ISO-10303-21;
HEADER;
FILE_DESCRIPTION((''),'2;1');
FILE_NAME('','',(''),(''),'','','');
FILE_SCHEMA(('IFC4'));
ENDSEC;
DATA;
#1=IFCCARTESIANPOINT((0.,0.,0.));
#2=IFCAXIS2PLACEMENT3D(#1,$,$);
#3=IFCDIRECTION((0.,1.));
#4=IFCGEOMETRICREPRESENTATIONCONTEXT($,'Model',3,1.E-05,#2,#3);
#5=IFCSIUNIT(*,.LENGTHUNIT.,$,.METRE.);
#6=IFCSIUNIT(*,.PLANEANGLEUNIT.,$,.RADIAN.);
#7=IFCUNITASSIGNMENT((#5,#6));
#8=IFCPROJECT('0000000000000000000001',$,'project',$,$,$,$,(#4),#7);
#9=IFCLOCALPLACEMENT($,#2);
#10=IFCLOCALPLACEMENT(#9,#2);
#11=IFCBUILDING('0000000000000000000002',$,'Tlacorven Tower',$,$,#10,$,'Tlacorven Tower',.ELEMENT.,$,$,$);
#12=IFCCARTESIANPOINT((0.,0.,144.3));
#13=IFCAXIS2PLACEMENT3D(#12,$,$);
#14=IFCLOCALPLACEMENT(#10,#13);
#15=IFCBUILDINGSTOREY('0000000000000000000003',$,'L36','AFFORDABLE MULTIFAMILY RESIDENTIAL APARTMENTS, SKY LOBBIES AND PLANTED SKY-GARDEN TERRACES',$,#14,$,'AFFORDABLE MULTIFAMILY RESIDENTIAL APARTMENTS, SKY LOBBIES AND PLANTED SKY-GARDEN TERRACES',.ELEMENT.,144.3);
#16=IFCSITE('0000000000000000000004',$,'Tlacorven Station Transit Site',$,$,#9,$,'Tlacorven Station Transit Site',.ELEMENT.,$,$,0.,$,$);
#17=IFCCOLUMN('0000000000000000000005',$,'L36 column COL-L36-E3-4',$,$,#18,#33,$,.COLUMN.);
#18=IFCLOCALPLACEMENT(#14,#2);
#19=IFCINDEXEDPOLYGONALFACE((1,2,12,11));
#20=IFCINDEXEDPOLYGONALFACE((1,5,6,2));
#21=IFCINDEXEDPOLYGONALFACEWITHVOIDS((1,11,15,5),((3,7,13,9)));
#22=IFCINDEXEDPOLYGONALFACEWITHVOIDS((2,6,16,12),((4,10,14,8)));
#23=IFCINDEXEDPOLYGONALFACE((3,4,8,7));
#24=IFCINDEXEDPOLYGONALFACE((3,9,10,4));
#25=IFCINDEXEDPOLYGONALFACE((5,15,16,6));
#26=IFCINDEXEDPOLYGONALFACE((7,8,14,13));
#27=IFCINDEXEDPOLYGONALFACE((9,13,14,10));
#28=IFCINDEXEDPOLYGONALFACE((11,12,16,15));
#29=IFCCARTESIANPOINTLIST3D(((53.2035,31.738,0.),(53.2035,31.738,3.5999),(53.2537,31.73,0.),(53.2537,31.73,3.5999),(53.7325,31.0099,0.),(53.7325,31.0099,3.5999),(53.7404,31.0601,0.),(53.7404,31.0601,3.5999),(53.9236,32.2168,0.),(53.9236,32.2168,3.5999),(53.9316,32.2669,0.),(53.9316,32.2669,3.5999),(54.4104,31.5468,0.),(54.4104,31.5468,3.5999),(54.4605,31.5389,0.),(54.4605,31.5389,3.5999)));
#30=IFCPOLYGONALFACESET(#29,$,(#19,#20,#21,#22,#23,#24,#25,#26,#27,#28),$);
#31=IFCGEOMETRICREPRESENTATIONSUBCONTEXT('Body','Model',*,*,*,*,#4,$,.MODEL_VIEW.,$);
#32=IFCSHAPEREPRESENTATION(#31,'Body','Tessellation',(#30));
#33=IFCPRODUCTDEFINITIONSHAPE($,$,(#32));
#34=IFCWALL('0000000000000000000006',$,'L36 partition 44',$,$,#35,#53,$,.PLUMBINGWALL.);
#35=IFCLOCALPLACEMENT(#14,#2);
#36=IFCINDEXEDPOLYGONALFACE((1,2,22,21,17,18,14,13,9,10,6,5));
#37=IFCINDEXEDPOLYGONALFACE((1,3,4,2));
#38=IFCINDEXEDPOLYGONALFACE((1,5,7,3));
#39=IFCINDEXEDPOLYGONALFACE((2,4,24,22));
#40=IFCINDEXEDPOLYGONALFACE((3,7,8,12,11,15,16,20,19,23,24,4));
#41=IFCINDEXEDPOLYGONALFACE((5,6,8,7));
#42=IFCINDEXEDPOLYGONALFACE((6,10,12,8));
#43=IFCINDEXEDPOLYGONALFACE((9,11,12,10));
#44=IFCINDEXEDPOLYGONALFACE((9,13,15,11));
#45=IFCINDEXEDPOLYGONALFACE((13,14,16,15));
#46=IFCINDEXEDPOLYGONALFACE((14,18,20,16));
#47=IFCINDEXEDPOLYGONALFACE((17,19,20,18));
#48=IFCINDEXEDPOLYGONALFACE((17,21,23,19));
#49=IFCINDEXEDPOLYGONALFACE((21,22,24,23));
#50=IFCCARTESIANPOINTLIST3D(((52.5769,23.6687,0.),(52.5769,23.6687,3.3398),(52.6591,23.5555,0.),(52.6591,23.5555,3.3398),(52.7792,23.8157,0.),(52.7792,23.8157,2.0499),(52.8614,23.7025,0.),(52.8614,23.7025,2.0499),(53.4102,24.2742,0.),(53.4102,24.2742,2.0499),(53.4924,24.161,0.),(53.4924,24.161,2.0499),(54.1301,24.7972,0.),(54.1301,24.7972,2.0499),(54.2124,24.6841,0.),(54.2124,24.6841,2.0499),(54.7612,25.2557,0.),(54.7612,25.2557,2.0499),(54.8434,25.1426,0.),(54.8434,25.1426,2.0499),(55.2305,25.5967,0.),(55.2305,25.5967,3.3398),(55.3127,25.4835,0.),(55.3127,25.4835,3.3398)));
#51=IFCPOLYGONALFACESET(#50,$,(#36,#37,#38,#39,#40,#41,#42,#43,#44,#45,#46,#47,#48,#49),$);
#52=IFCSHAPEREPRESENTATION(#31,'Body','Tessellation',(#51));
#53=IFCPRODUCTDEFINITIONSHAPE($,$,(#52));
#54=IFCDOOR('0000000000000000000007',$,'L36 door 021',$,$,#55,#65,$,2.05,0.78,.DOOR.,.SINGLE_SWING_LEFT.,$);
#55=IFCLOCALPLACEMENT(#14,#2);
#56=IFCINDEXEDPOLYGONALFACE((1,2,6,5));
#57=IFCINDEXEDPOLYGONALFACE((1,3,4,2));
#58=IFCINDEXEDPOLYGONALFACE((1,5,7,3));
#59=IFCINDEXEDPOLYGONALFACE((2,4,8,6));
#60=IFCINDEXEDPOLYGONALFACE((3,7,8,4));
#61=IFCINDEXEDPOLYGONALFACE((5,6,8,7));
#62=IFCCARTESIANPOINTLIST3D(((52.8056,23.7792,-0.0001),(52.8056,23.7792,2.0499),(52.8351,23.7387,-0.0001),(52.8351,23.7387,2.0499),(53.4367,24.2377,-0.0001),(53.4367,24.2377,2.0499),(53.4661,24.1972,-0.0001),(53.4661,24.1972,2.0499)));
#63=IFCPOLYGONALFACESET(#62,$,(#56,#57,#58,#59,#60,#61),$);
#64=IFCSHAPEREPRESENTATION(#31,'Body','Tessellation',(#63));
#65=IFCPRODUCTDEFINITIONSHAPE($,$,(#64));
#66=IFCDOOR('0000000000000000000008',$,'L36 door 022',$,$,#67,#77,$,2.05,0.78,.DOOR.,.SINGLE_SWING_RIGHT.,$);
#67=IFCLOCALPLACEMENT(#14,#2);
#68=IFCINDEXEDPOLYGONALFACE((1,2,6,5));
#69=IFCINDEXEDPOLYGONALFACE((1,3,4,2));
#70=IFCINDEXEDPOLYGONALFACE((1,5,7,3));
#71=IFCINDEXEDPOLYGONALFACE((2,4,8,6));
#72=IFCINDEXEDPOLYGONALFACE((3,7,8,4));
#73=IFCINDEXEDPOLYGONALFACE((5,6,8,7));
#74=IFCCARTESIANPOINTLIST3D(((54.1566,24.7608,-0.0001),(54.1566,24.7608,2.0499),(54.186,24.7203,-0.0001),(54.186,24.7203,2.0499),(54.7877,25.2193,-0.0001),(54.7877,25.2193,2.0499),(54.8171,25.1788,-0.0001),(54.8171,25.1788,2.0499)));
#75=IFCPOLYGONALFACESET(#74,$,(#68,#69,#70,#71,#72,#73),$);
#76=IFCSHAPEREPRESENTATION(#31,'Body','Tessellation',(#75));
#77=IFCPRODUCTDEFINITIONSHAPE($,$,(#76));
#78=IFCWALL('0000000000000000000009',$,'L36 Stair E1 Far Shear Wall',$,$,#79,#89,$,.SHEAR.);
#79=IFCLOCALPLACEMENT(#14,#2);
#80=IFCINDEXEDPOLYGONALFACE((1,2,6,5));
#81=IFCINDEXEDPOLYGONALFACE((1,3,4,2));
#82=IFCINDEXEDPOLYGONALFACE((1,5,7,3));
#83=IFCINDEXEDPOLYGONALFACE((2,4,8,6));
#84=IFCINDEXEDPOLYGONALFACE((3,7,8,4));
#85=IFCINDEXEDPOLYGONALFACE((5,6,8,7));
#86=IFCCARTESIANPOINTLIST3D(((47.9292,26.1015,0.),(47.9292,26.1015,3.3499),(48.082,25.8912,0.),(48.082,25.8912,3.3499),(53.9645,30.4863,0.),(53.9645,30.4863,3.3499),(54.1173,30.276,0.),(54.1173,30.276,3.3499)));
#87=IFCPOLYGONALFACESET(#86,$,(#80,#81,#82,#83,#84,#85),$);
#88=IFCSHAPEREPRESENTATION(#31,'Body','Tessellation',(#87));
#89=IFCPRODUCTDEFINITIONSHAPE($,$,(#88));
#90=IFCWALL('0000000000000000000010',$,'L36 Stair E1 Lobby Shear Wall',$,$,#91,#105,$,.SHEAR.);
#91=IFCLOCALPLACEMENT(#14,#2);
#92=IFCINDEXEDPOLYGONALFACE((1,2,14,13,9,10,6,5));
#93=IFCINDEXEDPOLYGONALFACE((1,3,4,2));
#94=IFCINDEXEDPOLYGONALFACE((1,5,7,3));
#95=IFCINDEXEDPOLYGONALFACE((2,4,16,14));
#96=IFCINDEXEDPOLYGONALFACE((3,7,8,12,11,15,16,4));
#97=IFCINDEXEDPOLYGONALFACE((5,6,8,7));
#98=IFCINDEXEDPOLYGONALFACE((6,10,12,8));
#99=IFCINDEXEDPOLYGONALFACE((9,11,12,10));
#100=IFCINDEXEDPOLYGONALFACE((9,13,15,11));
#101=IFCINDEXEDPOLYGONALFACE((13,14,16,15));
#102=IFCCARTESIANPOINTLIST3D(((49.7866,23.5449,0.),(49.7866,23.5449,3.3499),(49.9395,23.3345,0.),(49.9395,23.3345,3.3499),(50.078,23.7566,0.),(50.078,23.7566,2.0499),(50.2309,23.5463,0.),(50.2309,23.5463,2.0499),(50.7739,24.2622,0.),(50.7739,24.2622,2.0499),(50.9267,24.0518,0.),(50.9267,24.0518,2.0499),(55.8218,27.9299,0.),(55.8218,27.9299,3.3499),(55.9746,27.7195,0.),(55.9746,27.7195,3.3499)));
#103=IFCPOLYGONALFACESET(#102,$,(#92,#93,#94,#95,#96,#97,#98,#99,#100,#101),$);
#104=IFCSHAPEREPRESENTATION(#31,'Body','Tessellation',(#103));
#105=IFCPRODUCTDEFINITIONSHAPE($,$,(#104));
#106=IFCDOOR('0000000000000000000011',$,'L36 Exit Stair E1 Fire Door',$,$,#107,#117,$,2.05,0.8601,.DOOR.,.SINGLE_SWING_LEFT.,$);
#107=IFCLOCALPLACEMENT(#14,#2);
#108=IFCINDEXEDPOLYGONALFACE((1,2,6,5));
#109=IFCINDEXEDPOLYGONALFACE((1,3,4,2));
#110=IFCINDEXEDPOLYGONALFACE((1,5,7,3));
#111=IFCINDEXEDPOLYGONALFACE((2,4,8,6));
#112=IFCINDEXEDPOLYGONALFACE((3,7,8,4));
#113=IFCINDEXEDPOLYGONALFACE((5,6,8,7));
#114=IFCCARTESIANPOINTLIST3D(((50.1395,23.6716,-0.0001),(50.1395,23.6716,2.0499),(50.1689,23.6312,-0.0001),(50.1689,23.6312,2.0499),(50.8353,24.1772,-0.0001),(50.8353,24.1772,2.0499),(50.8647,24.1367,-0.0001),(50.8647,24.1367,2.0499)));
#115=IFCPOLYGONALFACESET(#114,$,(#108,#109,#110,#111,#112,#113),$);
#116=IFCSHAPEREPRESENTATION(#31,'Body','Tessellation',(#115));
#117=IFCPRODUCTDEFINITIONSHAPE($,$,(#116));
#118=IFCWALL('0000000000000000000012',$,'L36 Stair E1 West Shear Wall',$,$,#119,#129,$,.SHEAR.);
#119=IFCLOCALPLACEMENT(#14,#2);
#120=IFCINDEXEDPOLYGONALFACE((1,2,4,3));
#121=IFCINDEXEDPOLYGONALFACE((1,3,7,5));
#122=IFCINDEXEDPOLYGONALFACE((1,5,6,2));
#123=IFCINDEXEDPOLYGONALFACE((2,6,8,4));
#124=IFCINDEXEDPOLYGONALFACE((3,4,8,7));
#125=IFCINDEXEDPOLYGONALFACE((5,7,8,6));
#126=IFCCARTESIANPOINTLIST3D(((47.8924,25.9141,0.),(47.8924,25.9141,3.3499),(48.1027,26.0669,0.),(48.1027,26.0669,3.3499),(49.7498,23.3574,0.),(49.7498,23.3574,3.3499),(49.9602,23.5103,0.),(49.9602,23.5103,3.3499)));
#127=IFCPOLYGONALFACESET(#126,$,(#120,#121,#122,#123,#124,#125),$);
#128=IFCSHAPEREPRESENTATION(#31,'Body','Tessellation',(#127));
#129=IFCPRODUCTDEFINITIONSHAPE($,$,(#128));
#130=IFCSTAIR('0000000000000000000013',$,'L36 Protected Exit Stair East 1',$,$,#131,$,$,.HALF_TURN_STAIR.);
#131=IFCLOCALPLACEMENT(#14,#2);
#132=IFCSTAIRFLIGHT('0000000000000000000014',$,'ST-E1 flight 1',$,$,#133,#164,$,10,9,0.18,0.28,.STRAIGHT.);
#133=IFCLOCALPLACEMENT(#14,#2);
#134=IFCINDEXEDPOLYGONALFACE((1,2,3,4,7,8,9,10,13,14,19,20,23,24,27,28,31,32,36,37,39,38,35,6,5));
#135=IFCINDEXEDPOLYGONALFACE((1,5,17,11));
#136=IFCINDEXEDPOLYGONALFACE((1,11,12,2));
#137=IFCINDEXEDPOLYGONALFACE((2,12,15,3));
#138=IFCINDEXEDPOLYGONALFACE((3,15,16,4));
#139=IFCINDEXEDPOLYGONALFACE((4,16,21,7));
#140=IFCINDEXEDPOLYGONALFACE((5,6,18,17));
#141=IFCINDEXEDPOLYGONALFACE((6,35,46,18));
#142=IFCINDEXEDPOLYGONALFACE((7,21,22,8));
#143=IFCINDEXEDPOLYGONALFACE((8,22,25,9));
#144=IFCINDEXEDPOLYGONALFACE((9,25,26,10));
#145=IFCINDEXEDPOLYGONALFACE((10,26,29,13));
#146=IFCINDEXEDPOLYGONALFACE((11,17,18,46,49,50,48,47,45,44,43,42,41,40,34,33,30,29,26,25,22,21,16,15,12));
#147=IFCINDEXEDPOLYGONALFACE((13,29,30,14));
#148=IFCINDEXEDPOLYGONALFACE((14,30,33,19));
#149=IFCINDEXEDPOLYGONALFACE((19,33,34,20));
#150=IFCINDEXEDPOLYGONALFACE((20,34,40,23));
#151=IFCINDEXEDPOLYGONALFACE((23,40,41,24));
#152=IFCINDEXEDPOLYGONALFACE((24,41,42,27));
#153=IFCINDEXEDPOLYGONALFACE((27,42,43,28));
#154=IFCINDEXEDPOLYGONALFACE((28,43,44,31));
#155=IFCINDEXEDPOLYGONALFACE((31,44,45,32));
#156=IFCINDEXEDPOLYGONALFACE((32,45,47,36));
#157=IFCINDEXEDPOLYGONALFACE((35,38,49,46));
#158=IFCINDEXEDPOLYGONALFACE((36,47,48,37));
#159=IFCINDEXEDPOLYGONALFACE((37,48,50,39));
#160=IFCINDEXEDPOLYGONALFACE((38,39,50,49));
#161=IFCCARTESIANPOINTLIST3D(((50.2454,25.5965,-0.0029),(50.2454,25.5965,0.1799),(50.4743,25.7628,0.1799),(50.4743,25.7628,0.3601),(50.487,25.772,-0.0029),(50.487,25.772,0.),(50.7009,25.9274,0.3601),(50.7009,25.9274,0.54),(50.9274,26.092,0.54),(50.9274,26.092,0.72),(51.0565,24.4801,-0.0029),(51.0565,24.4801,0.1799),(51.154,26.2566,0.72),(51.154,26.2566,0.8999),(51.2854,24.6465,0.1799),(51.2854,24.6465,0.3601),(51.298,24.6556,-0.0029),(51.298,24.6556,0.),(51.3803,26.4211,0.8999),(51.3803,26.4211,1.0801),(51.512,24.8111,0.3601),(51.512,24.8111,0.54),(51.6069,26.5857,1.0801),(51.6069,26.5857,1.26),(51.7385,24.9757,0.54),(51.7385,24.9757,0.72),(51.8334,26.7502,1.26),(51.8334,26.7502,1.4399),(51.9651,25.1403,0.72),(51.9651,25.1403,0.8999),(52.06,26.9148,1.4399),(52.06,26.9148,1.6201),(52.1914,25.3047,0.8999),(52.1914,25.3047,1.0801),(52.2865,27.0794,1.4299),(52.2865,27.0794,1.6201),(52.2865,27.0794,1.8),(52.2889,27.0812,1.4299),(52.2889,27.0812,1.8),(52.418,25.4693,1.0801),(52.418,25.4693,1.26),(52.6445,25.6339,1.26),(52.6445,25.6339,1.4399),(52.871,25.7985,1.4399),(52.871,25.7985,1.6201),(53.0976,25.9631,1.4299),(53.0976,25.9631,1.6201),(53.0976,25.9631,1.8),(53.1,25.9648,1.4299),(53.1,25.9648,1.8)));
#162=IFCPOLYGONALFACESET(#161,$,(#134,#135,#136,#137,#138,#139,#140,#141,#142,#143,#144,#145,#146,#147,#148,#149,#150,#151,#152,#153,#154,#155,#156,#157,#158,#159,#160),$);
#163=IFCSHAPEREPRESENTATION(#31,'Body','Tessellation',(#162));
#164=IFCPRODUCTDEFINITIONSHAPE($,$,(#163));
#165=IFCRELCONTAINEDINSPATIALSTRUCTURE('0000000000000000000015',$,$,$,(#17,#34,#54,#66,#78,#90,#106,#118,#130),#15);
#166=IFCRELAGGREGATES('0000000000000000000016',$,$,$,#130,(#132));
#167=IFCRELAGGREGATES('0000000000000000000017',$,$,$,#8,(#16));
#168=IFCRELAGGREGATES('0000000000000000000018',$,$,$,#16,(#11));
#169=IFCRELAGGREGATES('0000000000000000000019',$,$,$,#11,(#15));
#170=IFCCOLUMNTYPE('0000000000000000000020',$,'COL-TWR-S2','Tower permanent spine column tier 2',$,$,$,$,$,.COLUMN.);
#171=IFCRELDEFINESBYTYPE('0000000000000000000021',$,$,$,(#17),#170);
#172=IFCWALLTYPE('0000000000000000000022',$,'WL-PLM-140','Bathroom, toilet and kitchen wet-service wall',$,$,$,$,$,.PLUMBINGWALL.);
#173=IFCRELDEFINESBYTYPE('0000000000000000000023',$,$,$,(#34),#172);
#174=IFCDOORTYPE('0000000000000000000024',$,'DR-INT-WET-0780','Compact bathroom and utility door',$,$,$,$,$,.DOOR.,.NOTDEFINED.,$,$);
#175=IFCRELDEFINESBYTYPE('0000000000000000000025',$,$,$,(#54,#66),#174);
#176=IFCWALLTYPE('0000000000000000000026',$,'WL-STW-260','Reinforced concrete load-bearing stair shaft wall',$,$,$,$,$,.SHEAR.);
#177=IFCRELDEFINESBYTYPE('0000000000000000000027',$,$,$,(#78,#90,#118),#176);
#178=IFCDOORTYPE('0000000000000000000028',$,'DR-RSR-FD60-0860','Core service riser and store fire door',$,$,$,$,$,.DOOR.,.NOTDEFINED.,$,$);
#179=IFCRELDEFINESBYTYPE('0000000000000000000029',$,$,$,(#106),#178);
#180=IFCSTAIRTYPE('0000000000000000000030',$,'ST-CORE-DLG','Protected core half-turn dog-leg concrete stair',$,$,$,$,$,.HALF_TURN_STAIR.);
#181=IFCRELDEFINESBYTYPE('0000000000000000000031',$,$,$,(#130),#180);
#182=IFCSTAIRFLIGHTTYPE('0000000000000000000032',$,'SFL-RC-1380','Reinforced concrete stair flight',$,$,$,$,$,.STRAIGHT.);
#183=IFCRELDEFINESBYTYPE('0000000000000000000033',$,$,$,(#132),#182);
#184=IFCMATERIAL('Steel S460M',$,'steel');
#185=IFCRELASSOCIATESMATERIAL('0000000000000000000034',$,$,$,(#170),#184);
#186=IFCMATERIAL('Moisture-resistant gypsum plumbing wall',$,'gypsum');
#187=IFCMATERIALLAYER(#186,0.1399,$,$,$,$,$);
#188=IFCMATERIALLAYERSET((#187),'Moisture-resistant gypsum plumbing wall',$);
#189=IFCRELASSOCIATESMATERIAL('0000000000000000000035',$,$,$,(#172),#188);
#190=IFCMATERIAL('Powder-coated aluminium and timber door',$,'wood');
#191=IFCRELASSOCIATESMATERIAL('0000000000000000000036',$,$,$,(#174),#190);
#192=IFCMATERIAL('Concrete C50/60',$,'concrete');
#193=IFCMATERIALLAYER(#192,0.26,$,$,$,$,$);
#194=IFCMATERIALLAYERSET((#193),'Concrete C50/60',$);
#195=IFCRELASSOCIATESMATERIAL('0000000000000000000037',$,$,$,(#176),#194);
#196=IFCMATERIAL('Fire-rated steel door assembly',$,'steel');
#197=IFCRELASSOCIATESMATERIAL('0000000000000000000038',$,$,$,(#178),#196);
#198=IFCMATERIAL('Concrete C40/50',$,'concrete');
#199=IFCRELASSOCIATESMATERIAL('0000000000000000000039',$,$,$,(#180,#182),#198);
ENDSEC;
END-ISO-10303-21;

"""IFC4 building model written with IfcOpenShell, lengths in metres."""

from ifc_helpers import new_model, si_unit, direction, frame, frame_2d, origin, origin_2d, place, context, subcontext, project, spatial, polyline, rectangle, hollow_rectangle, outline, extrude, source, transform, mapped, material, layer, layer_set, material_profile, profile_set, type_object, element, fill, aggregate, save


model = new_model("IFC4")

# Units and contexts
model_context = context("Model", 3, precision=1e-05, world=origin(), true_north=direction((0.0, 1.0)))
body_context = subcontext(model_context, "Body", "Model", "MODEL_VIEW")
ifc_project = project(units=[si_unit("LENGTHUNIT", "METRE"), si_unit("PLANEANGLEUNIT", "RADIAN")], contexts=[model_context])

# Site, building, storey
site_placement = place(None, origin())
site = spatial("IfcSite", under=ifc_project, at=site_placement, Name="Tlacorven Station Transit Site", LongName="Tlacorven Station Transit Site", CompositionType="ELEMENT", RefElevation=0.0)
building_placement = place(site_placement, origin())
building = spatial("IfcBuilding", under=site, at=building_placement, Name="Tlacorven Tower", LongName="Tlacorven Tower", CompositionType="ELEMENT")
storey_placement = place(building_placement, frame((0.0, 0.0, 144.3)))
storey = spatial("IfcBuildingStorey", under=building, at=storey_placement, Name="L36", Description="AFFORDABLE MULTIFAMILY RESIDENTIAL APARTMENTS, SKY LOBBIES AND PLANTED SKY-GARDEN TERRACES", LongName="AFFORDABLE MULTIFAMILY RESIDENTIAL APARTMENTS, SKY LOBBIES AND PLANTED SKY-GARDEN TERRACES", CompositionType="ELEMENT", Elevation=144.3)

# Column
ifc_material_1 = material(Name="Steel S460M", Category="steel")
ifc_material_profile = material_profile(ifc_material_1, hollow_rectangle(XDim=0.8999, YDim=0.8999, WallThickness=0.0359, at=origin_2d()), Name="BOX 900X900X36")
ifc_profile_set = profile_set([ifc_material_profile], Name="Steel S460M")
column_type = type_object("IfcColumnType", Name="COL-TWR-S2", Description="Tower permanent spine column tier 2", PredefinedType="COLUMN", material=ifc_profile_set)
shared_shape_1 = source(origin(), body_context, "Body", "SweptSolid", [
    extrude(hollow_rectangle(XDim=0.8999, YDim=0.8999, WallThickness=0.0359, at=origin_2d()), origin(), (0.0, 0.0, 1.0), 3.5999),
])
column_placement = place(storey_placement, frame((53.832, 31.6384, 0.0), z_axis=(0.0, 0.0, 1.0), x_axis=(0.809017, 0.587785, 0.0)))
element("IfcColumn", 1, at=column_placement, inside=storey, type_object=column_type, Name="L36 column COL-L36-E3-4", PredefinedType="COLUMN", context=body_context, shape_type="MappedRepresentation", body=[
    mapped(shared_shape_1, transform((0.0, 0.0, 0.0), scale=1.0)),
])

# Wall, openings, doors
ifc_material_2 = material(Name="Moisture-resistant gypsum plumbing wall", Category="gypsum")
ifc_layer_1 = layer(ifc_material_2, 0.1399)
ifc_layer_set_1 = layer_set([ifc_layer_1], Name="Moisture-resistant gypsum plumbing wall")
wall_type_1 = type_object("IfcWallType", Name="WL-PLM-140", Description="Bathroom, toilet and kitchen wet-service wall", PredefinedType="PLUMBINGWALL", material=ifc_layer_set_1)
wall_1_placement = place(storey_placement, frame((52.6179, 23.6121, 0.0), z_axis=(0.0, 0.0, 1.0), x_axis=(0.80901, 0.587795, 0.0)))
wall_1 = element("IfcWall", 2, at=wall_1_placement, inside=storey, type_object=wall_type_1, Name="L36 partition 44", PredefinedType="PLUMBINGWALL", context=body_context, shape_type="SweptSolid", body=[
    extrude(rectangle(XDim=3.28, YDim=0.1399, at=frame_2d((1.6401, 0.0))), origin(), (0.0, 0.0, 1.0), 3.3398),
])
opening_1_placement = place(wall_1_placement, frame((0.25, 0.0, 0.0)))
opening_1 = element("IfcOpeningElement", 3, at=opening_1_placement, cuts=wall_1, PredefinedType="OPENING", context=body_context, shape_type="SweptSolid", body=[
    extrude(rectangle(XDim=0.78, YDim=2.05, at=frame_2d((0.3901, 1.0249))), frame((0.0, 0.0801, 0.0), z_axis=(0.0, -1.0, 0.0), x_axis=(1.0, 0.0, 0.0)), (0.0, 0.0, 1.0), 0.1599),
])
opening_2_placement = place(wall_1_placement, frame((1.9199, 0.0, 0.0)))
opening_2 = element("IfcOpeningElement", 4, at=opening_2_placement, cuts=wall_1, PredefinedType="OPENING", context=body_context, shape_type="SweptSolid", body=[
    extrude(rectangle(XDim=0.78, YDim=2.05, at=frame_2d((0.3901, 1.0249))), frame((0.0, 0.0801, 0.0), z_axis=(0.0, -1.0, 0.0), x_axis=(1.0, 0.0, 0.0)), (0.0, 0.0, 1.0), 0.1599),
])
ifc_material_3 = material(Name="Powder-coated aluminium and timber door", Category="wood")
door_type_1 = type_object("IfcDoorType", Name="DR-INT-WET-0780", Description="Compact bathroom and utility door", OperationType="NOTDEFINED", PredefinedType="DOOR", material=ifc_material_3)
shared_shape_2 = source(origin(), body_context, "Body", "SweptSolid", [
    extrude(rectangle(XDim=0.78, YDim=2.05, at=frame_2d((0.3901, 1.0249))), frame((0.0, 0.0249, 0.0), z_axis=(0.0, -1.0, 0.0), x_axis=(1.0, 0.0, 0.0)), (0.0, 0.0, 1.0), 0.05),
])
door_1_placement = place(opening_1_placement, origin())
door_1 = element("IfcDoor", 5, at=door_1_placement, inside=storey, type_object=door_type_1, Name="L36 door 021", OperationType="SINGLE_SWING_LEFT", OverallHeight=2.05, OverallWidth=0.78, PredefinedType="DOOR", context=body_context, shape_type="MappedRepresentation", body=[
    mapped(shared_shape_2, transform((0.0, 0.0, 0.0), scale=1.0)),
])
fill(opening_1, door_1)
door_2_placement = place(opening_2_placement, origin())
door_2 = element("IfcDoor", 6, at=door_2_placement, inside=storey, type_object=door_type_1, Name="L36 door 022", OperationType="SINGLE_SWING_RIGHT", OverallHeight=2.05, OverallWidth=0.78, PredefinedType="DOOR", context=body_context, shape_type="MappedRepresentation", body=[
    mapped(shared_shape_2, transform((0.0, 0.0, 0.0), scale=1.0)),
])
fill(opening_2, door_2)

# Wall
ifc_material_4 = material(Name="Concrete C50/60", Category="concrete")
ifc_layer_2 = layer(ifc_material_4, 0.26)
ifc_layer_set_2 = layer_set([ifc_layer_2], Name="Concrete C50/60")
wall_type_2 = type_object("IfcWallType", Name="WL-STW-260", Description="Reinforced concrete load-bearing stair shaft wall", PredefinedType="SHEAR", material=ifc_layer_set_2)
wall_2_placement = place(storey_placement, frame((48.0056, 25.9963, 0.0), z_axis=(0.0, 0.0, 1.0), x_axis=(0.809019, 0.587782, 0.0)))
element("IfcWall", 7, at=wall_2_placement, inside=storey, type_object=wall_type_2, Name="L36 Stair E1 Far Shear Wall", PredefinedType="SHEAR", context=body_context, shape_type="SweptSolid", body=[
    extrude(rectangle(XDim=7.46, YDim=0.26, at=frame_2d((3.73, 0.0))), origin(), (0.0, 0.0, 1.0), 3.3499),
])

# Wall, opening, door
wall_3_placement = place(storey_placement, frame((49.863, 23.4397, 0.0), z_axis=(0.0, 0.0, 1.0), x_axis=(0.809003, 0.587804, 0.0)))
wall_3 = element("IfcWall", 8, at=wall_3_placement, inside=storey, type_object=wall_type_2, Name="L36 Stair E1 Lobby Shear Wall", PredefinedType="SHEAR", context=body_context, shape_type="SweptSolid", body=[
    extrude(rectangle(XDim=7.46, YDim=0.26, at=frame_2d((3.73, 0.0))), origin(), (0.0, 0.0, 1.0), 3.3499),
])
opening_3_placement = place(wall_3_placement, frame((0.3601, 0.0, 0.0)))
opening_3 = element("IfcOpeningElement", 9, at=opening_3_placement, cuts=wall_3, PredefinedType="OPENING", context=body_context, shape_type="SweptSolid", body=[
    extrude(rectangle(XDim=0.8601, YDim=2.05, at=frame_2d((0.4302, 1.0249))), frame((0.0, 0.1401, 0.0), z_axis=(0.0, -1.0, 0.0), x_axis=(1.0, 0.0, 0.0)), (0.0, 0.0, 1.0), 0.28),
])
ifc_material_5 = material(Name="Fire-rated steel door assembly", Category="steel")
door_type_2 = type_object("IfcDoorType", Name="DR-RSR-FD60-0860", Description="Core service riser and store fire door", OperationType="NOTDEFINED", PredefinedType="DOOR", material=ifc_material_5)
shared_shape_3 = source(origin(), body_context, "Body", "SweptSolid", [
    extrude(rectangle(XDim=0.8601, YDim=2.05, at=frame_2d((0.4302, 1.0249))), frame((0.0, 0.0249, 0.0), z_axis=(0.0, -1.0, 0.0), x_axis=(1.0, 0.0, 0.0)), (0.0, 0.0, 1.0), 0.05),
])
door_3_placement = place(opening_3_placement, frame((0.8601, 0.0, 0.0), z_axis=(0.0, 0.0, 1.0), x_axis=(-1.0, 0.0, 0.0)))
door_3 = element("IfcDoor", 10, at=door_3_placement, inside=storey, type_object=door_type_2, Name="L36 Exit Stair E1 Fire Door", OperationType="SINGLE_SWING_LEFT", OverallHeight=2.05, OverallWidth=0.8601, PredefinedType="DOOR", context=body_context, shape_type="MappedRepresentation", body=[
    mapped(shared_shape_3, transform((0.0, 0.0, 0.0), scale=1.0)),
])
fill(opening_3, door_3)

# Wall
wall_4_placement = place(storey_placement, frame((49.855, 23.4338, 0.0), z_axis=(0.0, 0.0, 1.0), x_axis=(-0.587767, 0.80903, 0.0)))
element("IfcWall", 11, at=wall_4_placement, inside=storey, type_object=wall_type_2, Name="L36 Stair E1 West Shear Wall", PredefinedType="SHEAR", context=body_context, shape_type="SweptSolid", body=[
    extrude(rectangle(XDim=3.1602, YDim=0.26, at=frame_2d((1.5801, 0.0))), origin(), (0.0, 0.0, 1.0), 3.3499),
])

# Stair, stair flight
ifc_material_6 = material(Name="Concrete C40/50", Category="concrete")
stair_type = type_object("IfcStairType", Name="ST-CORE-DLG", Description="Protected core half-turn dog-leg concrete stair", PredefinedType="HALF_TURN_STAIR", material=ifc_material_6)
stair_placement = place(storey_placement, origin())
stair = element("IfcStair", 12, at=stair_placement, inside=storey, type_object=stair_type, Name="L36 Protected Exit Stair East 1", PredefinedType="HALF_TURN_STAIR")
stair_flight_type = type_object("IfcStairFlightType", Name="SFL-RC-1380", Description="Reinforced concrete stair flight", PredefinedType="STRAIGHT", material=ifc_material_6)
shared_shape_4 = source(origin(), body_context, "Body", "SweptSolid", [
    extrude(outline(polyline([(-0.0029, -0.0029), (-0.0029, 0.1799), (0.28, 0.1799), (0.28, 0.3601), (0.5601, 0.3601), (0.5601, 0.54), (0.8401, 0.54), (0.8401, 0.72), (1.1201, 0.72), (1.1201, 0.8999), (1.3999, 0.8999), (1.3999, 1.0801), (1.6799, 1.0801), (1.6799, 1.26), (1.96, 1.26), (1.96, 1.4399), (2.24, 1.4399), (2.24, 1.6201), (2.52, 1.6201), (2.52, 1.8), (2.5229, 1.8), (2.5229, 1.4299), (2.52, 1.4299), (0.2957, 0.0), (0.2957, -0.0029), (-0.0029, -0.0029)])), frame((0.0, 0.6899, 0.0), z_axis=(0.0, -1.0, 0.0), x_axis=(1.0, 0.0, 0.0)), (0.0, 0.0, 1.0), 1.3799),
])
stair_flight_1_placement = place(storey_placement, frame((50.6533, 25.04, 0.0), z_axis=(0.0, 0.0, 1.0), x_axis=(0.809017, 0.587785, 0.0)))
stair_flight_1 = element("IfcStairFlight", 13, at=stair_flight_1_placement, type_object=stair_flight_type, Name="ST-E1 flight 1", NumberOfRisers=10, NumberOfTreads=9, PredefinedType="STRAIGHT", RiserHeight=0.18, TreadLength=0.28, context=body_context, shape_type="MappedRepresentation", body=[
    mapped(shared_shape_4, transform((0.0, 0.0, 0.0), scale=1.0)),
])
aggregate(stair, [stair_flight_1])

save(model, "model.ifc")
